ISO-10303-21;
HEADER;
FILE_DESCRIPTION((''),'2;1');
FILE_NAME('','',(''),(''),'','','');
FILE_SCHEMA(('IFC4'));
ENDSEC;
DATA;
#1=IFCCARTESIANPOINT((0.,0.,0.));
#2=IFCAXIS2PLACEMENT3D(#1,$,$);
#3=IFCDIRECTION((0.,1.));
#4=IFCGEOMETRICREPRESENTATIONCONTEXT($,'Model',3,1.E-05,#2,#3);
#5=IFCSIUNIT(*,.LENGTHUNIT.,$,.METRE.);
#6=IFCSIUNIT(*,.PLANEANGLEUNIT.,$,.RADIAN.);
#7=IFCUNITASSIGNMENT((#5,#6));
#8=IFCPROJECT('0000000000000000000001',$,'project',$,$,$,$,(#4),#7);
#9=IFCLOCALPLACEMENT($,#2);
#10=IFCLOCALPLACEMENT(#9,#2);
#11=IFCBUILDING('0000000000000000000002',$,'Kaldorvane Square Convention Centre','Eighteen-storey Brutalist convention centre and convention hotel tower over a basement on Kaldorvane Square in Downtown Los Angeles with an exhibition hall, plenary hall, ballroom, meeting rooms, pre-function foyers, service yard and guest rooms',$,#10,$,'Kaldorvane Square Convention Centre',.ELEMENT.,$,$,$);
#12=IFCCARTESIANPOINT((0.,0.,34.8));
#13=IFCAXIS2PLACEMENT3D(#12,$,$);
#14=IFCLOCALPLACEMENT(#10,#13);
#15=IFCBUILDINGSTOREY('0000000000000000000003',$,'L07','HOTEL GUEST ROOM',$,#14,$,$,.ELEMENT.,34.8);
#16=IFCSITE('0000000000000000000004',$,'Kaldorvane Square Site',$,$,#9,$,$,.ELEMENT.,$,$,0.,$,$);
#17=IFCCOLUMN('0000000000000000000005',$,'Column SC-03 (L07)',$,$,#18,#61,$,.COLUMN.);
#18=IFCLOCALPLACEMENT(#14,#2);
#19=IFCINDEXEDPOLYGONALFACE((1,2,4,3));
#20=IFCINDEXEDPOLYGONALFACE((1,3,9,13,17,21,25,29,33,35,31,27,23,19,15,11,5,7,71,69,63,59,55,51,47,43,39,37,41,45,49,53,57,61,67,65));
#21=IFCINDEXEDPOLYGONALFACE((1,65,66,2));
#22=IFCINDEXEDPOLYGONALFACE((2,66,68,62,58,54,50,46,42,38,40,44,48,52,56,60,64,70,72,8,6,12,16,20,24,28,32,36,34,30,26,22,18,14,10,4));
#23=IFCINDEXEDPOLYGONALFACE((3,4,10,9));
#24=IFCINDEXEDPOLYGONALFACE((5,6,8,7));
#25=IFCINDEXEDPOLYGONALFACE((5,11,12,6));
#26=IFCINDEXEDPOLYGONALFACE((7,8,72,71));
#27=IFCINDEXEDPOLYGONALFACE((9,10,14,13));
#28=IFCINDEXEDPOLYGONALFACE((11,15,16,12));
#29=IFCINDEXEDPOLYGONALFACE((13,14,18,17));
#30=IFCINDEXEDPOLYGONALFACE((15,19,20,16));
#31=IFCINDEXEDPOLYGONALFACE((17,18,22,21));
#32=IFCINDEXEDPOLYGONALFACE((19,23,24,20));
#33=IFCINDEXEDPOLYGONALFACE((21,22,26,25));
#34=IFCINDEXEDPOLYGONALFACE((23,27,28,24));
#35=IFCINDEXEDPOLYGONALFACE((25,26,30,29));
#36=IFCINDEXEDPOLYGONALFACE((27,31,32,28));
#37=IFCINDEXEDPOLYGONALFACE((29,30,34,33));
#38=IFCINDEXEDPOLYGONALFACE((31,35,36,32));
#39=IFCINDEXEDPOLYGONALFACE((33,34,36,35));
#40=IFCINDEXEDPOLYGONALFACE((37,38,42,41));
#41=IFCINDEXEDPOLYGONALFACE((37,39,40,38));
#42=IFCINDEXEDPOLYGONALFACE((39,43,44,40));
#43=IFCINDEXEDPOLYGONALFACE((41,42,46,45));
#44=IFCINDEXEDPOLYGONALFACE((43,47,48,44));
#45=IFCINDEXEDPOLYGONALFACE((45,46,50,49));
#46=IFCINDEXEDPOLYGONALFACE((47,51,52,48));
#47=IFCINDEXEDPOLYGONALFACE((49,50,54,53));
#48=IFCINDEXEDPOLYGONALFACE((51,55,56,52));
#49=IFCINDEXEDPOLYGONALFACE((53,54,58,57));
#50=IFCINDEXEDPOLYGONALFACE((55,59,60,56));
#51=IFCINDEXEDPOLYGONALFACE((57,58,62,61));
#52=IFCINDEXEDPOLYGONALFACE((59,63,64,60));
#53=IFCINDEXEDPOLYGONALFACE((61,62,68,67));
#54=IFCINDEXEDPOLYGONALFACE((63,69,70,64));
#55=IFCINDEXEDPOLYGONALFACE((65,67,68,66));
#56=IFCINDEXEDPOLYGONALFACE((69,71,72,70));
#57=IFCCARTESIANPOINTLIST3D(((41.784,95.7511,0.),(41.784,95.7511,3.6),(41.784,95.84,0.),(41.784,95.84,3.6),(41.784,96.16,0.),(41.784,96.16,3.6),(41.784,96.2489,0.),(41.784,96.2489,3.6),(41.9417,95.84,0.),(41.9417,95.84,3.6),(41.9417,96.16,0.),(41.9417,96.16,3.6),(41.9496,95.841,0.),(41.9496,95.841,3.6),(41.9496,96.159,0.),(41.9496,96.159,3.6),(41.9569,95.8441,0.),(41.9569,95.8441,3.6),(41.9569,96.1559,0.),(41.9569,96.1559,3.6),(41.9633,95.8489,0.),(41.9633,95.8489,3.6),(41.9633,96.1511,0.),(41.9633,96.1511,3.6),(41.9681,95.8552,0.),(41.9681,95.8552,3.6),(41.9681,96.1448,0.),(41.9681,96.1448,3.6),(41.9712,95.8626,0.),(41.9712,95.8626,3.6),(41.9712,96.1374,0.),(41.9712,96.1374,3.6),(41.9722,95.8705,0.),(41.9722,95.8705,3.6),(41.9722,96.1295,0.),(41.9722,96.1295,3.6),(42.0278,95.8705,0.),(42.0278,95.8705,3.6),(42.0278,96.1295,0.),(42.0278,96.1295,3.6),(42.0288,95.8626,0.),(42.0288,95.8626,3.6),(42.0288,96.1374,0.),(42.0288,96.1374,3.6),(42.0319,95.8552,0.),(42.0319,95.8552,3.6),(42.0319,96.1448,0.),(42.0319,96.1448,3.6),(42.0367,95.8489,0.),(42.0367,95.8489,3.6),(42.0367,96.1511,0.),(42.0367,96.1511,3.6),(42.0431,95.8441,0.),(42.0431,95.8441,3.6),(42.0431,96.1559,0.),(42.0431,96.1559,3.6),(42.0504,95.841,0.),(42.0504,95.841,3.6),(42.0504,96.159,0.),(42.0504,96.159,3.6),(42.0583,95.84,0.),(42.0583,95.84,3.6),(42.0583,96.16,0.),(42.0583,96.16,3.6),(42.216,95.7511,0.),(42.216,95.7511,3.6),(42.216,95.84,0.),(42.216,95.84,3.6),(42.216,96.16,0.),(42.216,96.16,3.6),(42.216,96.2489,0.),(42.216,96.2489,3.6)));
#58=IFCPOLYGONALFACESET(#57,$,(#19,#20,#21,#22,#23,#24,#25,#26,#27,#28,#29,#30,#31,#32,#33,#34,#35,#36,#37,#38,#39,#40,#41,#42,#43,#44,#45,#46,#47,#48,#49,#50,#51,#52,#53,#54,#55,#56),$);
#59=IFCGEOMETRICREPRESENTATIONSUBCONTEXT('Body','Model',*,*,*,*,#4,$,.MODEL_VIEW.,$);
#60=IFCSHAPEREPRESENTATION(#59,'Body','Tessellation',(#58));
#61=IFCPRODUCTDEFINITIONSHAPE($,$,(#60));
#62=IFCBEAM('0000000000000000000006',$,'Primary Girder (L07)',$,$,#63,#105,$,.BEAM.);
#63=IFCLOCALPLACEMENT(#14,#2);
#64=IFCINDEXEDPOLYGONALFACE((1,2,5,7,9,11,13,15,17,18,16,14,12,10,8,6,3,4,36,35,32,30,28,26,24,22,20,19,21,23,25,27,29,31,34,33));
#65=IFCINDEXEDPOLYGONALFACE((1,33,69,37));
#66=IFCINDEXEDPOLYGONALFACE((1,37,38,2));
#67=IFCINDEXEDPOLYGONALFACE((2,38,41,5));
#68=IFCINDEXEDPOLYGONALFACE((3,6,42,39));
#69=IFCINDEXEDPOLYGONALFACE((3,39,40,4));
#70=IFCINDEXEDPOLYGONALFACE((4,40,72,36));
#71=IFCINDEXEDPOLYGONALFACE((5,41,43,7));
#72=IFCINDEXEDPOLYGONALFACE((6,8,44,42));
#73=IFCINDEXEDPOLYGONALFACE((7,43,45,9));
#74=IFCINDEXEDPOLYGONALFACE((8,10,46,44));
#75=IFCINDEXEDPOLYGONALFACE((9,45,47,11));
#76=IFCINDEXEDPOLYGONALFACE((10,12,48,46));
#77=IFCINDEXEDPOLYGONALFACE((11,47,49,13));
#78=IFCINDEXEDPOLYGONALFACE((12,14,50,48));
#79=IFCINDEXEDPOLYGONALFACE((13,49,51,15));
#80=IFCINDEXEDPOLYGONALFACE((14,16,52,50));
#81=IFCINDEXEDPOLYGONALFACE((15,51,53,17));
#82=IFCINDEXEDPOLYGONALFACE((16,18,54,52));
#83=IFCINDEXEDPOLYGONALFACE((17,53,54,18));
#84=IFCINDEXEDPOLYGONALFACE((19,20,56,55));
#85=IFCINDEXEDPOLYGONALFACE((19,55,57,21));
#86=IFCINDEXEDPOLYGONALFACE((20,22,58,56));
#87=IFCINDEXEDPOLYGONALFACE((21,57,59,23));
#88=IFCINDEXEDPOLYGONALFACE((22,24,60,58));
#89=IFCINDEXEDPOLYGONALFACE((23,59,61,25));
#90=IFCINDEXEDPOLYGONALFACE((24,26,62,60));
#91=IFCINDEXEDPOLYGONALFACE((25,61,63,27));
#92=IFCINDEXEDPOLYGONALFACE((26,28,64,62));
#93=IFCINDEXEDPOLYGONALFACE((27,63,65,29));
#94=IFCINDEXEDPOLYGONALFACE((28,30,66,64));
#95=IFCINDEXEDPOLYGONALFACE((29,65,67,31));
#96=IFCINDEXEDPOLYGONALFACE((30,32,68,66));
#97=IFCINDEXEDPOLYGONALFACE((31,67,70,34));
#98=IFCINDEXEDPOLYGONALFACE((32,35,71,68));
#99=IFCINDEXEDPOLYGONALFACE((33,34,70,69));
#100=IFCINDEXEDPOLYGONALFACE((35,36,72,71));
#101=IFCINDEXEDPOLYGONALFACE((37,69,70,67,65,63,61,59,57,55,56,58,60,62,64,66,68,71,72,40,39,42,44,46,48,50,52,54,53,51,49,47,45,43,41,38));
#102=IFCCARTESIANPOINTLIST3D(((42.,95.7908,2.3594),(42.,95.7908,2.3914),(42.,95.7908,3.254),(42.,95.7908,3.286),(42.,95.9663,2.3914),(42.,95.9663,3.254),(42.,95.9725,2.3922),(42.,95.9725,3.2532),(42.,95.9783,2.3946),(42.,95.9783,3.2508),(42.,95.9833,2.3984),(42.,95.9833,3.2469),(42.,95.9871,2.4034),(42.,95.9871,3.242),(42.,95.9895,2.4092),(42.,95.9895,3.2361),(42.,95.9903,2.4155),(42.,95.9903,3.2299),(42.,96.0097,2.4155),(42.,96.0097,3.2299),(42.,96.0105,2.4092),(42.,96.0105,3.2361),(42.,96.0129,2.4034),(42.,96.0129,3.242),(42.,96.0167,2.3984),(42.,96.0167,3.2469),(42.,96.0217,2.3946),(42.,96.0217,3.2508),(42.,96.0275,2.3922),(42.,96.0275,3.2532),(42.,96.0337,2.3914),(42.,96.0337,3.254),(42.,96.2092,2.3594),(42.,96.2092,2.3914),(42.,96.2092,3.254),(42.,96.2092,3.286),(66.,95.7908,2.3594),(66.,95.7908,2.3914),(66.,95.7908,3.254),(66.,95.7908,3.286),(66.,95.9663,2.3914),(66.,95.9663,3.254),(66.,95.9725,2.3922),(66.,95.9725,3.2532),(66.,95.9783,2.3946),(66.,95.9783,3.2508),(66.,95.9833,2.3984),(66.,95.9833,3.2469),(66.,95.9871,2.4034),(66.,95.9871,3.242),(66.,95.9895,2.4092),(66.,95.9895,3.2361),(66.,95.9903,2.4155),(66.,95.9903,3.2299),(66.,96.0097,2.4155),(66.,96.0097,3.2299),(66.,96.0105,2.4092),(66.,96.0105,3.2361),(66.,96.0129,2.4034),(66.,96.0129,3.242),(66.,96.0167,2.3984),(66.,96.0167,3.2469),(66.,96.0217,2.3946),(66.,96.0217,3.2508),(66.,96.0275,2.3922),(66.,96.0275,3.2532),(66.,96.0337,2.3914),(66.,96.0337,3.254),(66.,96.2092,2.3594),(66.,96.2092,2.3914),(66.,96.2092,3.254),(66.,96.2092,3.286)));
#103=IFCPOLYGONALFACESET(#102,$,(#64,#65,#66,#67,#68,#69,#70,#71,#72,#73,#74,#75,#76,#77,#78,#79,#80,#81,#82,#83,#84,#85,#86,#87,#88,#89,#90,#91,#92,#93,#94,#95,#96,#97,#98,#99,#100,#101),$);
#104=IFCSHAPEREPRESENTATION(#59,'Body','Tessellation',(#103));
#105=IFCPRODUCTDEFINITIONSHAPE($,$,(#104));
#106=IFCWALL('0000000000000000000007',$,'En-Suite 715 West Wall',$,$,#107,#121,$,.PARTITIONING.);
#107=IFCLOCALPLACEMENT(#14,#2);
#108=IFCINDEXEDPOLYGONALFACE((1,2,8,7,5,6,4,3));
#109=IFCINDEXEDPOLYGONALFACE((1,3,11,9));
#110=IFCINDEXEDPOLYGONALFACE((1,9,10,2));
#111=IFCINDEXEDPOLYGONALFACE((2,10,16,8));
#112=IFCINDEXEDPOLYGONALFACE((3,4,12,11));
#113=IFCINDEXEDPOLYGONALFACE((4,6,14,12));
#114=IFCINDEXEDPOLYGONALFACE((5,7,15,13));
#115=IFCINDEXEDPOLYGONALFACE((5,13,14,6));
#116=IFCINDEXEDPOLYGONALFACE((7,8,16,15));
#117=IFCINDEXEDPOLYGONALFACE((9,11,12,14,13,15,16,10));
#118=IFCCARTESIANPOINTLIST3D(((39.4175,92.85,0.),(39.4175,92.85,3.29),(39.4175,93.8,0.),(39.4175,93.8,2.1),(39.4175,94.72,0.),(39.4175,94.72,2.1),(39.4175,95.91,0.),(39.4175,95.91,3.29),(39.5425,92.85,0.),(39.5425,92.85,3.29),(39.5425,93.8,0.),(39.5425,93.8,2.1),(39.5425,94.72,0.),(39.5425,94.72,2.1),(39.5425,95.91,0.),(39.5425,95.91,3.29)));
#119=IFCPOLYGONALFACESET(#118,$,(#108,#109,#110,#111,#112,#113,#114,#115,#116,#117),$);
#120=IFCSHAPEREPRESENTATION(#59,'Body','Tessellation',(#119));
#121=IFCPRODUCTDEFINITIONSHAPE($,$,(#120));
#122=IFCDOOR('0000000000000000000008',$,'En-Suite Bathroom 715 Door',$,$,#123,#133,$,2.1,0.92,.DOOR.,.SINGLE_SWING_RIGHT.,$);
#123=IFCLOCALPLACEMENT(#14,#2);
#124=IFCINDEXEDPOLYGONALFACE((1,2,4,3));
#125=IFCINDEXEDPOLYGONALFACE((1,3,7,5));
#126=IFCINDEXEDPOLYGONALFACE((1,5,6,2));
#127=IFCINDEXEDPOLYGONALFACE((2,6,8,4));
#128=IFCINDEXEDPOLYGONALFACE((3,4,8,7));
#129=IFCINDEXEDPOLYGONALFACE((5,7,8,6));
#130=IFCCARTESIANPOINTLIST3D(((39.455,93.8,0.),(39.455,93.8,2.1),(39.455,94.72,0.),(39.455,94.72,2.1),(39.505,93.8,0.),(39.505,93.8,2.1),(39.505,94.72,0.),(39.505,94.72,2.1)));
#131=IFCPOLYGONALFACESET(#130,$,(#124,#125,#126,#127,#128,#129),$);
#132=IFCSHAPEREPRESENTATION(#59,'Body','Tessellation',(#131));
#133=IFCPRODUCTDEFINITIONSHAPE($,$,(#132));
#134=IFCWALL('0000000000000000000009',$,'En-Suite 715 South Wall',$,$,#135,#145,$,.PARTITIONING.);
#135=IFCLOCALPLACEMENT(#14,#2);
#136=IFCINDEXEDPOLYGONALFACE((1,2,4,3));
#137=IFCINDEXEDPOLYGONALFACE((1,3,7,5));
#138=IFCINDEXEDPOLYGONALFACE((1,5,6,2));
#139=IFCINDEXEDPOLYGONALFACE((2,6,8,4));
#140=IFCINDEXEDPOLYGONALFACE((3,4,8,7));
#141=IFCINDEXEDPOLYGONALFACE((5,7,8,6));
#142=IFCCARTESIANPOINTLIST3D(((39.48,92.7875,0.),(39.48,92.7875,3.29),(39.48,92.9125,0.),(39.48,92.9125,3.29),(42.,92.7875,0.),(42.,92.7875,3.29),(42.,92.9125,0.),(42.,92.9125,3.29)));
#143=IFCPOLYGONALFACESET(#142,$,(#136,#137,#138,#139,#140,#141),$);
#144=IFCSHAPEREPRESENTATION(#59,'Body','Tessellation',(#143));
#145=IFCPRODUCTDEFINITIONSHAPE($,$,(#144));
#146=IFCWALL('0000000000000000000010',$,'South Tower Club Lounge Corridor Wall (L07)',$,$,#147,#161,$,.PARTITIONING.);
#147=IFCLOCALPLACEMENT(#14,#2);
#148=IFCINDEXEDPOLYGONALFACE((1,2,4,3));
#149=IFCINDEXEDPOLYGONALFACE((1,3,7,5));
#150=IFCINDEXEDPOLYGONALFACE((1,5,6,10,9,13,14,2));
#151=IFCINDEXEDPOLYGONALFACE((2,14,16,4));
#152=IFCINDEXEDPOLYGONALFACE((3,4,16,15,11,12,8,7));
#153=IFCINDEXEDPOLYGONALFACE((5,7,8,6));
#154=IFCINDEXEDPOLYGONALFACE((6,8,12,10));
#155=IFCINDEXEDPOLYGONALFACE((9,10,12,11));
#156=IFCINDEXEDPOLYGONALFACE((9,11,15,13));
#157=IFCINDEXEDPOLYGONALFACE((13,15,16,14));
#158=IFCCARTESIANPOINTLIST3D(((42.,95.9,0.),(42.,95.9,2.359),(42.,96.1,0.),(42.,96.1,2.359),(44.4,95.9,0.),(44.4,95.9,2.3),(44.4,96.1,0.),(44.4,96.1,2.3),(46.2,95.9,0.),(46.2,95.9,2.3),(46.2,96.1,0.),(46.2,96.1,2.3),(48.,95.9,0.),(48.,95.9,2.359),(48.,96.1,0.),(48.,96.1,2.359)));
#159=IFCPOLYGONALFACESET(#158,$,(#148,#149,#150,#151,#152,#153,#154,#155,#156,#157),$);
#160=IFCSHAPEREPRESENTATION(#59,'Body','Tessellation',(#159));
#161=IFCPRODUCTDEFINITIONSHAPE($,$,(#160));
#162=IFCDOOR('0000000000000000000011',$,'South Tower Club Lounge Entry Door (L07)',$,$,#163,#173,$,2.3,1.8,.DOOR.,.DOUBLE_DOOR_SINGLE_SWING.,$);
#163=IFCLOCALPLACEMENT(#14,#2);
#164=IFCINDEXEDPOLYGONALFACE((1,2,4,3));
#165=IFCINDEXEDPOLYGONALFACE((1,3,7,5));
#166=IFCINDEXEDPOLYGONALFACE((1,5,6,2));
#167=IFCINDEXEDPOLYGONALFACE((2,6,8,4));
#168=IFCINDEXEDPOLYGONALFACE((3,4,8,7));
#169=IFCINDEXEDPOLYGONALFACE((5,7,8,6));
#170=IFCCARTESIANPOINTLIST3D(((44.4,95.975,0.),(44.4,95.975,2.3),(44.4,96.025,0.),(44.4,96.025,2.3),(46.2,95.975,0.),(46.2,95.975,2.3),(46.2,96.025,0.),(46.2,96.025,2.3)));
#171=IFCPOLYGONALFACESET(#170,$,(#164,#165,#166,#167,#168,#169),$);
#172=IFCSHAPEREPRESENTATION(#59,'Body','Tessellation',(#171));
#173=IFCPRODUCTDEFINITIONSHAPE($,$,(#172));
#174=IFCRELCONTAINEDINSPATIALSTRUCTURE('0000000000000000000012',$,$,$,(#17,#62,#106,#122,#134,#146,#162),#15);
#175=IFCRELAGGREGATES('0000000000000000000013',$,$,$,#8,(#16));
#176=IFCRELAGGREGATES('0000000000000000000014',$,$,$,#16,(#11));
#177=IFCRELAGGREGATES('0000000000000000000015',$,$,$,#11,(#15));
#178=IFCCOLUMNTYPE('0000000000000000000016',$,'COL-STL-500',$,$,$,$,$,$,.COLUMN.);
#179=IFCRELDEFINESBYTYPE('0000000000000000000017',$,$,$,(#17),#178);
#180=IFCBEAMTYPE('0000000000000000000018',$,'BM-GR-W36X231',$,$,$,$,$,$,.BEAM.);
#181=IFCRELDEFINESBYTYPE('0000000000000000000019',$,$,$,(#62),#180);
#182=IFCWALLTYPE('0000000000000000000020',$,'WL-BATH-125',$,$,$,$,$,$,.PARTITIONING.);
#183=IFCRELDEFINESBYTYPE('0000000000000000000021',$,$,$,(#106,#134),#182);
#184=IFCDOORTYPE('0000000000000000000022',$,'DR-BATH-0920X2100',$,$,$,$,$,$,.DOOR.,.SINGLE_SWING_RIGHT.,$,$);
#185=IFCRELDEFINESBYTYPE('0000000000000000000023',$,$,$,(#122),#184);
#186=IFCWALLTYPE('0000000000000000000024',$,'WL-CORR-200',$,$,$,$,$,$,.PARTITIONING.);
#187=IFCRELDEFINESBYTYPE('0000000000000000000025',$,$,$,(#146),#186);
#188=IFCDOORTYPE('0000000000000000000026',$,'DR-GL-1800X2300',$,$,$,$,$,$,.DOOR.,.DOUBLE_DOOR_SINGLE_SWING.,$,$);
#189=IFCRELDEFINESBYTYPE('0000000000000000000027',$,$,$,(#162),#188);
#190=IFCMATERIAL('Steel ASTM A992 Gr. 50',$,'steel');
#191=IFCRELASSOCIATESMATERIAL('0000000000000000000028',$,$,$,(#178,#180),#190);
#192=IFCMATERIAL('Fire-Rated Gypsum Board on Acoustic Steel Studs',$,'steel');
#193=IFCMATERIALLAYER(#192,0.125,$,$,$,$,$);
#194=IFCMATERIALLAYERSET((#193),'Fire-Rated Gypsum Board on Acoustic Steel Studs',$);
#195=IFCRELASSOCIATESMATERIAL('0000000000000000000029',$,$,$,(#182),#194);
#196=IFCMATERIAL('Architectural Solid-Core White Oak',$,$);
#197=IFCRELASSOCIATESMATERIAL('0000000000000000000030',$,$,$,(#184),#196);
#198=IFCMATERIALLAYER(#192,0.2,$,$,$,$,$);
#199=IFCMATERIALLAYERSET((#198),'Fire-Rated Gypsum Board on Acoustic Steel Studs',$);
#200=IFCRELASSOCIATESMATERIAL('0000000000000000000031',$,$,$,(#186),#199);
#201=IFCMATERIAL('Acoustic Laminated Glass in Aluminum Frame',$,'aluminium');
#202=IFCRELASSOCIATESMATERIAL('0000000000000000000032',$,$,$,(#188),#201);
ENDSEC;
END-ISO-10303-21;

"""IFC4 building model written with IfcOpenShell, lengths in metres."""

from ifc_helpers import new_model, si_unit, direction, frame, frame_2d, origin, origin_2d, place, context, subcontext, project, spatial, rectangle, i_section, extrude, material, layer, layer_set, material_profile, profile_set, type_object, element, fill, save


model = new_model("IFC4")

# Units and contexts
model_context = context("Model", 3, precision=1e-05, world=origin(), true_north=direction((0.0, 1.0)))
body_context = subcontext(model_context, "Body", "Model", "MODEL_VIEW")
ifc_project = project(units=[si_unit("LENGTHUNIT", "METRE"), si_unit("PLANEANGLEUNIT", "RADIAN")], contexts=[model_context])

# Site, building, storey
site_placement = place(None, origin())
site = spatial("IfcSite", under=ifc_project, at=site_placement, Name="Kaldorvane Square Site", CompositionType="ELEMENT", RefElevation=0.0)
building_placement = place(site_placement, origin())
building = spatial("IfcBuilding", under=site, at=building_placement, Name="Kaldorvane Square Convention Centre", Description="Eighteen-storey Brutalist convention centre and convention hotel tower over a basement on Kaldorvane Square in Downtown Los Angeles with an exhibition hall, plenary hall, ballroom, meeting rooms, pre-function foyers, service yard and guest rooms", LongName="Kaldorvane Square Convention Centre", CompositionType="ELEMENT")
storey_placement = place(building_placement, frame((0.0, 0.0, 34.8)))
storey = spatial("IfcBuildingStorey", under=building, at=storey_placement, Name="L07", Description="HOTEL GUEST ROOM", CompositionType="ELEMENT", Elevation=34.8)

# Column
ifc_material_1 = material(Name="Steel ASTM A992 Gr. 50", Category="steel")
ifc_material_profile_1 = material_profile(ifc_material_1, i_section(OverallWidth=0.4321, OverallDepth=0.4978, WebThickness=0.0556, FlangeThickness=0.0889, FilletRadius=0.0305, at=origin_2d()), Name="W14X500")
ifc_profile_set_1 = profile_set([ifc_material_profile_1], Name="Steel ASTM A992 Gr. 50")
column_type = type_object("IfcColumnType", Name="COL-STL-500", PredefinedType="COLUMN", material=ifc_profile_set_1)
column_placement = place(storey_placement, frame((42.0, 96.0, 0.0), z_axis=(0.0, 0.0, 1.0), x_axis=(1.0, 0.0, 0.0)))
element("IfcColumn", 1, at=column_placement, inside=storey, type_object=column_type, Name="Column SC-03 (L07)", PredefinedType="COLUMN", context=body_context, shape_type="SweptSolid", body=[
    extrude(i_section(OverallWidth=0.4321, OverallDepth=0.4978, WebThickness=0.0556, FlangeThickness=0.0889, FilletRadius=0.0305, at=origin_2d()), origin(), (0.0, 0.0, 1.0), 3.6),
])

# Beam
ifc_material_profile_2 = material_profile(ifc_material_1, i_section(OverallWidth=0.4183, OverallDepth=0.9266, WebThickness=0.0193, FlangeThickness=0.032, FilletRadius=0.0241, at=origin_2d()), Name="W36X231")
ifc_profile_set_2 = profile_set([ifc_material_profile_2], Name="Steel ASTM A992 Gr. 50")
beam_type = type_object("IfcBeamType", Name="BM-GR-W36X231", PredefinedType="BEAM", material=ifc_profile_set_2)
beam_placement = place(storey_placement, frame((42.0, 96.0, 2.8227), z_axis=(1.0, 0.0, 0.0), x_axis=(0.0, 1.0, 0.0)))
element("IfcBeam", 2, at=beam_placement, inside=storey, type_object=beam_type, Name="Primary Girder (L07)", PredefinedType="BEAM", context=body_context, shape_type="SweptSolid", body=[
    extrude(i_section(OverallWidth=0.4183, OverallDepth=0.9266, WebThickness=0.0193, FlangeThickness=0.032, FilletRadius=0.0241, at=origin_2d()), origin(), (0.0, 0.0, 1.0), 24.0),
])

# Wall, opening, door
ifc_material_2 = material(Name="Fire-Rated Gypsum Board on Acoustic Steel Studs", Category="steel")
ifc_layer_1 = layer(ifc_material_2, 0.125)
ifc_layer_set_1 = layer_set([ifc_layer_1], Name="Fire-Rated Gypsum Board on Acoustic Steel Studs")
wall_type_1 = type_object("IfcWallType", Name="WL-BATH-125", PredefinedType="PARTITIONING", material=ifc_layer_set_1)
wall_1_placement = place(storey_placement, frame((39.48, 92.85, 0.0), z_axis=(0.0, 0.0, 1.0), x_axis=(0.0, 1.0, 0.0)))
wall_1 = element("IfcWall", 3, at=wall_1_placement, inside=storey, type_object=wall_type_1, Name="En-Suite 715 West Wall", PredefinedType="PARTITIONING", context=body_context, shape_type="SweptSolid", body=[
    extrude(rectangle(XDim=3.06, YDim=0.125, at=frame_2d((1.53, 0.0))), origin(), (0.0, 0.0, 1.0), 3.29),
])
opening_1_placement = place(wall_1_placement, frame((0.95, 0.0, 0.0)))
opening_1 = element("IfcOpeningElement", 4, at=opening_1_placement, cuts=wall_1, PredefinedType="OPENING", context=body_context, shape_type="SweptSolid", body=[
    extrude(rectangle(XDim=0.92, YDim=2.1, at=frame_2d((0.46, 1.05))), frame((0.0, 0.0775, 0.0), z_axis=(0.0, -1.0, 0.0), x_axis=(1.0, 0.0, 0.0)), (0.0, 0.0, 1.0), 0.155),
])
ifc_material_3 = material(Name="Architectural Solid-Core White Oak")
door_type_1 = type_object("IfcDoorType", Name="DR-BATH-0920X2100", OperationType="SINGLE_SWING_RIGHT", PredefinedType="DOOR", material=ifc_material_3)
door_1_placement = place(opening_1_placement, origin())
door_1 = element("IfcDoor", 5, at=door_1_placement, inside=storey, type_object=door_type_1, Name="En-Suite Bathroom 715 Door", OperationType="SINGLE_SWING_RIGHT", OverallHeight=2.1, OverallWidth=0.92, PredefinedType="DOOR", context=body_context, shape_type="SweptSolid", body=[
    extrude(rectangle(XDim=0.92, YDim=2.1, at=frame_2d((0.46, 1.05))), frame((0.0, 0.025, 0.0), z_axis=(0.0, -1.0, 0.0), x_axis=(1.0, 0.0, 0.0)), (0.0, 0.0, 1.0), 0.05),
])
fill(opening_1, door_1)

# Wall
wall_2_placement = place(storey_placement, frame((39.48, 92.85, 0.0), z_axis=(0.0, 0.0, 1.0), x_axis=(1.0, 0.0, 0.0)))
element("IfcWall", 6, at=wall_2_placement, inside=storey, type_object=wall_type_1, Name="En-Suite 715 South Wall", PredefinedType="PARTITIONING", context=body_context, shape_type="SweptSolid", body=[
    extrude(rectangle(XDim=2.52, YDim=0.125, at=frame_2d((1.26, 0.0))), origin(), (0.0, 0.0, 1.0), 3.29),
])

# Wall, opening, door
ifc_layer_2 = layer(ifc_material_2, 0.2)
ifc_layer_set_2 = layer_set([ifc_layer_2], Name="Fire-Rated Gypsum Board on Acoustic Steel Studs")
wall_type_2 = type_object("IfcWallType", Name="WL-CORR-200", PredefinedType="PARTITIONING", material=ifc_layer_set_2)
wall_3_placement = place(storey_placement, frame((42.0, 96.0, 0.0), z_axis=(0.0, 0.0, 1.0), x_axis=(1.0, 0.0, 0.0)))
wall_3 = element("IfcWall", 7, at=wall_3_placement, inside=storey, type_object=wall_type_2, Name="South Tower Club Lounge Corridor Wall (L07)", PredefinedType="PARTITIONING", context=body_context, shape_type="SweptSolid", body=[
    extrude(rectangle(XDim=6.0, YDim=0.2, at=frame_2d((3.0, 0.0))), origin(), (0.0, 0.0, 1.0), 2.359),
])
opening_2_placement = place(wall_3_placement, frame((2.4, 0.0, 0.0)))
opening_2 = element("IfcOpeningElement", 8, at=opening_2_placement, cuts=wall_3, PredefinedType="OPENING", context=body_context, shape_type="SweptSolid", body=[
    extrude(rectangle(XDim=1.8, YDim=2.3, at=frame_2d((0.9, 1.15))), frame((0.0, 0.115, 0.0), z_axis=(0.0, -1.0, 0.0), x_axis=(1.0, 0.0, 0.0)), (0.0, 0.0, 1.0), 0.23),
])
ifc_material_4 = material(Name="Acoustic Laminated Glass in Aluminum Frame", Category="aluminium")
door_type_2 = type_object("IfcDoorType", Name="DR-GL-1800X2300", OperationType="DOUBLE_DOOR_SINGLE_SWING", PredefinedType="DOOR", material=ifc_material_4)
door_2_placement = place(opening_2_placement, origin())
door_2 = element("IfcDoor", 9, at=door_2_placement, inside=storey, type_object=door_type_2, Name="South Tower Club Lounge Entry Door (L07)", OperationType="DOUBLE_DOOR_SINGLE_SWING", OverallHeight=2.3, OverallWidth=1.8, PredefinedType="DOOR", context=body_context, shape_type="SweptSolid", body=[
    extrude(rectangle(XDim=1.8, YDim=2.3, at=frame_2d((0.9, 1.15))), frame((0.0, 0.025, 0.0), z_axis=(0.0, -1.0, 0.0), x_axis=(1.0, 0.0, 0.0)), (0.0, 0.0, 1.0), 0.05),
])
fill(opening_2, door_2)

save(model, "model.ifc")
